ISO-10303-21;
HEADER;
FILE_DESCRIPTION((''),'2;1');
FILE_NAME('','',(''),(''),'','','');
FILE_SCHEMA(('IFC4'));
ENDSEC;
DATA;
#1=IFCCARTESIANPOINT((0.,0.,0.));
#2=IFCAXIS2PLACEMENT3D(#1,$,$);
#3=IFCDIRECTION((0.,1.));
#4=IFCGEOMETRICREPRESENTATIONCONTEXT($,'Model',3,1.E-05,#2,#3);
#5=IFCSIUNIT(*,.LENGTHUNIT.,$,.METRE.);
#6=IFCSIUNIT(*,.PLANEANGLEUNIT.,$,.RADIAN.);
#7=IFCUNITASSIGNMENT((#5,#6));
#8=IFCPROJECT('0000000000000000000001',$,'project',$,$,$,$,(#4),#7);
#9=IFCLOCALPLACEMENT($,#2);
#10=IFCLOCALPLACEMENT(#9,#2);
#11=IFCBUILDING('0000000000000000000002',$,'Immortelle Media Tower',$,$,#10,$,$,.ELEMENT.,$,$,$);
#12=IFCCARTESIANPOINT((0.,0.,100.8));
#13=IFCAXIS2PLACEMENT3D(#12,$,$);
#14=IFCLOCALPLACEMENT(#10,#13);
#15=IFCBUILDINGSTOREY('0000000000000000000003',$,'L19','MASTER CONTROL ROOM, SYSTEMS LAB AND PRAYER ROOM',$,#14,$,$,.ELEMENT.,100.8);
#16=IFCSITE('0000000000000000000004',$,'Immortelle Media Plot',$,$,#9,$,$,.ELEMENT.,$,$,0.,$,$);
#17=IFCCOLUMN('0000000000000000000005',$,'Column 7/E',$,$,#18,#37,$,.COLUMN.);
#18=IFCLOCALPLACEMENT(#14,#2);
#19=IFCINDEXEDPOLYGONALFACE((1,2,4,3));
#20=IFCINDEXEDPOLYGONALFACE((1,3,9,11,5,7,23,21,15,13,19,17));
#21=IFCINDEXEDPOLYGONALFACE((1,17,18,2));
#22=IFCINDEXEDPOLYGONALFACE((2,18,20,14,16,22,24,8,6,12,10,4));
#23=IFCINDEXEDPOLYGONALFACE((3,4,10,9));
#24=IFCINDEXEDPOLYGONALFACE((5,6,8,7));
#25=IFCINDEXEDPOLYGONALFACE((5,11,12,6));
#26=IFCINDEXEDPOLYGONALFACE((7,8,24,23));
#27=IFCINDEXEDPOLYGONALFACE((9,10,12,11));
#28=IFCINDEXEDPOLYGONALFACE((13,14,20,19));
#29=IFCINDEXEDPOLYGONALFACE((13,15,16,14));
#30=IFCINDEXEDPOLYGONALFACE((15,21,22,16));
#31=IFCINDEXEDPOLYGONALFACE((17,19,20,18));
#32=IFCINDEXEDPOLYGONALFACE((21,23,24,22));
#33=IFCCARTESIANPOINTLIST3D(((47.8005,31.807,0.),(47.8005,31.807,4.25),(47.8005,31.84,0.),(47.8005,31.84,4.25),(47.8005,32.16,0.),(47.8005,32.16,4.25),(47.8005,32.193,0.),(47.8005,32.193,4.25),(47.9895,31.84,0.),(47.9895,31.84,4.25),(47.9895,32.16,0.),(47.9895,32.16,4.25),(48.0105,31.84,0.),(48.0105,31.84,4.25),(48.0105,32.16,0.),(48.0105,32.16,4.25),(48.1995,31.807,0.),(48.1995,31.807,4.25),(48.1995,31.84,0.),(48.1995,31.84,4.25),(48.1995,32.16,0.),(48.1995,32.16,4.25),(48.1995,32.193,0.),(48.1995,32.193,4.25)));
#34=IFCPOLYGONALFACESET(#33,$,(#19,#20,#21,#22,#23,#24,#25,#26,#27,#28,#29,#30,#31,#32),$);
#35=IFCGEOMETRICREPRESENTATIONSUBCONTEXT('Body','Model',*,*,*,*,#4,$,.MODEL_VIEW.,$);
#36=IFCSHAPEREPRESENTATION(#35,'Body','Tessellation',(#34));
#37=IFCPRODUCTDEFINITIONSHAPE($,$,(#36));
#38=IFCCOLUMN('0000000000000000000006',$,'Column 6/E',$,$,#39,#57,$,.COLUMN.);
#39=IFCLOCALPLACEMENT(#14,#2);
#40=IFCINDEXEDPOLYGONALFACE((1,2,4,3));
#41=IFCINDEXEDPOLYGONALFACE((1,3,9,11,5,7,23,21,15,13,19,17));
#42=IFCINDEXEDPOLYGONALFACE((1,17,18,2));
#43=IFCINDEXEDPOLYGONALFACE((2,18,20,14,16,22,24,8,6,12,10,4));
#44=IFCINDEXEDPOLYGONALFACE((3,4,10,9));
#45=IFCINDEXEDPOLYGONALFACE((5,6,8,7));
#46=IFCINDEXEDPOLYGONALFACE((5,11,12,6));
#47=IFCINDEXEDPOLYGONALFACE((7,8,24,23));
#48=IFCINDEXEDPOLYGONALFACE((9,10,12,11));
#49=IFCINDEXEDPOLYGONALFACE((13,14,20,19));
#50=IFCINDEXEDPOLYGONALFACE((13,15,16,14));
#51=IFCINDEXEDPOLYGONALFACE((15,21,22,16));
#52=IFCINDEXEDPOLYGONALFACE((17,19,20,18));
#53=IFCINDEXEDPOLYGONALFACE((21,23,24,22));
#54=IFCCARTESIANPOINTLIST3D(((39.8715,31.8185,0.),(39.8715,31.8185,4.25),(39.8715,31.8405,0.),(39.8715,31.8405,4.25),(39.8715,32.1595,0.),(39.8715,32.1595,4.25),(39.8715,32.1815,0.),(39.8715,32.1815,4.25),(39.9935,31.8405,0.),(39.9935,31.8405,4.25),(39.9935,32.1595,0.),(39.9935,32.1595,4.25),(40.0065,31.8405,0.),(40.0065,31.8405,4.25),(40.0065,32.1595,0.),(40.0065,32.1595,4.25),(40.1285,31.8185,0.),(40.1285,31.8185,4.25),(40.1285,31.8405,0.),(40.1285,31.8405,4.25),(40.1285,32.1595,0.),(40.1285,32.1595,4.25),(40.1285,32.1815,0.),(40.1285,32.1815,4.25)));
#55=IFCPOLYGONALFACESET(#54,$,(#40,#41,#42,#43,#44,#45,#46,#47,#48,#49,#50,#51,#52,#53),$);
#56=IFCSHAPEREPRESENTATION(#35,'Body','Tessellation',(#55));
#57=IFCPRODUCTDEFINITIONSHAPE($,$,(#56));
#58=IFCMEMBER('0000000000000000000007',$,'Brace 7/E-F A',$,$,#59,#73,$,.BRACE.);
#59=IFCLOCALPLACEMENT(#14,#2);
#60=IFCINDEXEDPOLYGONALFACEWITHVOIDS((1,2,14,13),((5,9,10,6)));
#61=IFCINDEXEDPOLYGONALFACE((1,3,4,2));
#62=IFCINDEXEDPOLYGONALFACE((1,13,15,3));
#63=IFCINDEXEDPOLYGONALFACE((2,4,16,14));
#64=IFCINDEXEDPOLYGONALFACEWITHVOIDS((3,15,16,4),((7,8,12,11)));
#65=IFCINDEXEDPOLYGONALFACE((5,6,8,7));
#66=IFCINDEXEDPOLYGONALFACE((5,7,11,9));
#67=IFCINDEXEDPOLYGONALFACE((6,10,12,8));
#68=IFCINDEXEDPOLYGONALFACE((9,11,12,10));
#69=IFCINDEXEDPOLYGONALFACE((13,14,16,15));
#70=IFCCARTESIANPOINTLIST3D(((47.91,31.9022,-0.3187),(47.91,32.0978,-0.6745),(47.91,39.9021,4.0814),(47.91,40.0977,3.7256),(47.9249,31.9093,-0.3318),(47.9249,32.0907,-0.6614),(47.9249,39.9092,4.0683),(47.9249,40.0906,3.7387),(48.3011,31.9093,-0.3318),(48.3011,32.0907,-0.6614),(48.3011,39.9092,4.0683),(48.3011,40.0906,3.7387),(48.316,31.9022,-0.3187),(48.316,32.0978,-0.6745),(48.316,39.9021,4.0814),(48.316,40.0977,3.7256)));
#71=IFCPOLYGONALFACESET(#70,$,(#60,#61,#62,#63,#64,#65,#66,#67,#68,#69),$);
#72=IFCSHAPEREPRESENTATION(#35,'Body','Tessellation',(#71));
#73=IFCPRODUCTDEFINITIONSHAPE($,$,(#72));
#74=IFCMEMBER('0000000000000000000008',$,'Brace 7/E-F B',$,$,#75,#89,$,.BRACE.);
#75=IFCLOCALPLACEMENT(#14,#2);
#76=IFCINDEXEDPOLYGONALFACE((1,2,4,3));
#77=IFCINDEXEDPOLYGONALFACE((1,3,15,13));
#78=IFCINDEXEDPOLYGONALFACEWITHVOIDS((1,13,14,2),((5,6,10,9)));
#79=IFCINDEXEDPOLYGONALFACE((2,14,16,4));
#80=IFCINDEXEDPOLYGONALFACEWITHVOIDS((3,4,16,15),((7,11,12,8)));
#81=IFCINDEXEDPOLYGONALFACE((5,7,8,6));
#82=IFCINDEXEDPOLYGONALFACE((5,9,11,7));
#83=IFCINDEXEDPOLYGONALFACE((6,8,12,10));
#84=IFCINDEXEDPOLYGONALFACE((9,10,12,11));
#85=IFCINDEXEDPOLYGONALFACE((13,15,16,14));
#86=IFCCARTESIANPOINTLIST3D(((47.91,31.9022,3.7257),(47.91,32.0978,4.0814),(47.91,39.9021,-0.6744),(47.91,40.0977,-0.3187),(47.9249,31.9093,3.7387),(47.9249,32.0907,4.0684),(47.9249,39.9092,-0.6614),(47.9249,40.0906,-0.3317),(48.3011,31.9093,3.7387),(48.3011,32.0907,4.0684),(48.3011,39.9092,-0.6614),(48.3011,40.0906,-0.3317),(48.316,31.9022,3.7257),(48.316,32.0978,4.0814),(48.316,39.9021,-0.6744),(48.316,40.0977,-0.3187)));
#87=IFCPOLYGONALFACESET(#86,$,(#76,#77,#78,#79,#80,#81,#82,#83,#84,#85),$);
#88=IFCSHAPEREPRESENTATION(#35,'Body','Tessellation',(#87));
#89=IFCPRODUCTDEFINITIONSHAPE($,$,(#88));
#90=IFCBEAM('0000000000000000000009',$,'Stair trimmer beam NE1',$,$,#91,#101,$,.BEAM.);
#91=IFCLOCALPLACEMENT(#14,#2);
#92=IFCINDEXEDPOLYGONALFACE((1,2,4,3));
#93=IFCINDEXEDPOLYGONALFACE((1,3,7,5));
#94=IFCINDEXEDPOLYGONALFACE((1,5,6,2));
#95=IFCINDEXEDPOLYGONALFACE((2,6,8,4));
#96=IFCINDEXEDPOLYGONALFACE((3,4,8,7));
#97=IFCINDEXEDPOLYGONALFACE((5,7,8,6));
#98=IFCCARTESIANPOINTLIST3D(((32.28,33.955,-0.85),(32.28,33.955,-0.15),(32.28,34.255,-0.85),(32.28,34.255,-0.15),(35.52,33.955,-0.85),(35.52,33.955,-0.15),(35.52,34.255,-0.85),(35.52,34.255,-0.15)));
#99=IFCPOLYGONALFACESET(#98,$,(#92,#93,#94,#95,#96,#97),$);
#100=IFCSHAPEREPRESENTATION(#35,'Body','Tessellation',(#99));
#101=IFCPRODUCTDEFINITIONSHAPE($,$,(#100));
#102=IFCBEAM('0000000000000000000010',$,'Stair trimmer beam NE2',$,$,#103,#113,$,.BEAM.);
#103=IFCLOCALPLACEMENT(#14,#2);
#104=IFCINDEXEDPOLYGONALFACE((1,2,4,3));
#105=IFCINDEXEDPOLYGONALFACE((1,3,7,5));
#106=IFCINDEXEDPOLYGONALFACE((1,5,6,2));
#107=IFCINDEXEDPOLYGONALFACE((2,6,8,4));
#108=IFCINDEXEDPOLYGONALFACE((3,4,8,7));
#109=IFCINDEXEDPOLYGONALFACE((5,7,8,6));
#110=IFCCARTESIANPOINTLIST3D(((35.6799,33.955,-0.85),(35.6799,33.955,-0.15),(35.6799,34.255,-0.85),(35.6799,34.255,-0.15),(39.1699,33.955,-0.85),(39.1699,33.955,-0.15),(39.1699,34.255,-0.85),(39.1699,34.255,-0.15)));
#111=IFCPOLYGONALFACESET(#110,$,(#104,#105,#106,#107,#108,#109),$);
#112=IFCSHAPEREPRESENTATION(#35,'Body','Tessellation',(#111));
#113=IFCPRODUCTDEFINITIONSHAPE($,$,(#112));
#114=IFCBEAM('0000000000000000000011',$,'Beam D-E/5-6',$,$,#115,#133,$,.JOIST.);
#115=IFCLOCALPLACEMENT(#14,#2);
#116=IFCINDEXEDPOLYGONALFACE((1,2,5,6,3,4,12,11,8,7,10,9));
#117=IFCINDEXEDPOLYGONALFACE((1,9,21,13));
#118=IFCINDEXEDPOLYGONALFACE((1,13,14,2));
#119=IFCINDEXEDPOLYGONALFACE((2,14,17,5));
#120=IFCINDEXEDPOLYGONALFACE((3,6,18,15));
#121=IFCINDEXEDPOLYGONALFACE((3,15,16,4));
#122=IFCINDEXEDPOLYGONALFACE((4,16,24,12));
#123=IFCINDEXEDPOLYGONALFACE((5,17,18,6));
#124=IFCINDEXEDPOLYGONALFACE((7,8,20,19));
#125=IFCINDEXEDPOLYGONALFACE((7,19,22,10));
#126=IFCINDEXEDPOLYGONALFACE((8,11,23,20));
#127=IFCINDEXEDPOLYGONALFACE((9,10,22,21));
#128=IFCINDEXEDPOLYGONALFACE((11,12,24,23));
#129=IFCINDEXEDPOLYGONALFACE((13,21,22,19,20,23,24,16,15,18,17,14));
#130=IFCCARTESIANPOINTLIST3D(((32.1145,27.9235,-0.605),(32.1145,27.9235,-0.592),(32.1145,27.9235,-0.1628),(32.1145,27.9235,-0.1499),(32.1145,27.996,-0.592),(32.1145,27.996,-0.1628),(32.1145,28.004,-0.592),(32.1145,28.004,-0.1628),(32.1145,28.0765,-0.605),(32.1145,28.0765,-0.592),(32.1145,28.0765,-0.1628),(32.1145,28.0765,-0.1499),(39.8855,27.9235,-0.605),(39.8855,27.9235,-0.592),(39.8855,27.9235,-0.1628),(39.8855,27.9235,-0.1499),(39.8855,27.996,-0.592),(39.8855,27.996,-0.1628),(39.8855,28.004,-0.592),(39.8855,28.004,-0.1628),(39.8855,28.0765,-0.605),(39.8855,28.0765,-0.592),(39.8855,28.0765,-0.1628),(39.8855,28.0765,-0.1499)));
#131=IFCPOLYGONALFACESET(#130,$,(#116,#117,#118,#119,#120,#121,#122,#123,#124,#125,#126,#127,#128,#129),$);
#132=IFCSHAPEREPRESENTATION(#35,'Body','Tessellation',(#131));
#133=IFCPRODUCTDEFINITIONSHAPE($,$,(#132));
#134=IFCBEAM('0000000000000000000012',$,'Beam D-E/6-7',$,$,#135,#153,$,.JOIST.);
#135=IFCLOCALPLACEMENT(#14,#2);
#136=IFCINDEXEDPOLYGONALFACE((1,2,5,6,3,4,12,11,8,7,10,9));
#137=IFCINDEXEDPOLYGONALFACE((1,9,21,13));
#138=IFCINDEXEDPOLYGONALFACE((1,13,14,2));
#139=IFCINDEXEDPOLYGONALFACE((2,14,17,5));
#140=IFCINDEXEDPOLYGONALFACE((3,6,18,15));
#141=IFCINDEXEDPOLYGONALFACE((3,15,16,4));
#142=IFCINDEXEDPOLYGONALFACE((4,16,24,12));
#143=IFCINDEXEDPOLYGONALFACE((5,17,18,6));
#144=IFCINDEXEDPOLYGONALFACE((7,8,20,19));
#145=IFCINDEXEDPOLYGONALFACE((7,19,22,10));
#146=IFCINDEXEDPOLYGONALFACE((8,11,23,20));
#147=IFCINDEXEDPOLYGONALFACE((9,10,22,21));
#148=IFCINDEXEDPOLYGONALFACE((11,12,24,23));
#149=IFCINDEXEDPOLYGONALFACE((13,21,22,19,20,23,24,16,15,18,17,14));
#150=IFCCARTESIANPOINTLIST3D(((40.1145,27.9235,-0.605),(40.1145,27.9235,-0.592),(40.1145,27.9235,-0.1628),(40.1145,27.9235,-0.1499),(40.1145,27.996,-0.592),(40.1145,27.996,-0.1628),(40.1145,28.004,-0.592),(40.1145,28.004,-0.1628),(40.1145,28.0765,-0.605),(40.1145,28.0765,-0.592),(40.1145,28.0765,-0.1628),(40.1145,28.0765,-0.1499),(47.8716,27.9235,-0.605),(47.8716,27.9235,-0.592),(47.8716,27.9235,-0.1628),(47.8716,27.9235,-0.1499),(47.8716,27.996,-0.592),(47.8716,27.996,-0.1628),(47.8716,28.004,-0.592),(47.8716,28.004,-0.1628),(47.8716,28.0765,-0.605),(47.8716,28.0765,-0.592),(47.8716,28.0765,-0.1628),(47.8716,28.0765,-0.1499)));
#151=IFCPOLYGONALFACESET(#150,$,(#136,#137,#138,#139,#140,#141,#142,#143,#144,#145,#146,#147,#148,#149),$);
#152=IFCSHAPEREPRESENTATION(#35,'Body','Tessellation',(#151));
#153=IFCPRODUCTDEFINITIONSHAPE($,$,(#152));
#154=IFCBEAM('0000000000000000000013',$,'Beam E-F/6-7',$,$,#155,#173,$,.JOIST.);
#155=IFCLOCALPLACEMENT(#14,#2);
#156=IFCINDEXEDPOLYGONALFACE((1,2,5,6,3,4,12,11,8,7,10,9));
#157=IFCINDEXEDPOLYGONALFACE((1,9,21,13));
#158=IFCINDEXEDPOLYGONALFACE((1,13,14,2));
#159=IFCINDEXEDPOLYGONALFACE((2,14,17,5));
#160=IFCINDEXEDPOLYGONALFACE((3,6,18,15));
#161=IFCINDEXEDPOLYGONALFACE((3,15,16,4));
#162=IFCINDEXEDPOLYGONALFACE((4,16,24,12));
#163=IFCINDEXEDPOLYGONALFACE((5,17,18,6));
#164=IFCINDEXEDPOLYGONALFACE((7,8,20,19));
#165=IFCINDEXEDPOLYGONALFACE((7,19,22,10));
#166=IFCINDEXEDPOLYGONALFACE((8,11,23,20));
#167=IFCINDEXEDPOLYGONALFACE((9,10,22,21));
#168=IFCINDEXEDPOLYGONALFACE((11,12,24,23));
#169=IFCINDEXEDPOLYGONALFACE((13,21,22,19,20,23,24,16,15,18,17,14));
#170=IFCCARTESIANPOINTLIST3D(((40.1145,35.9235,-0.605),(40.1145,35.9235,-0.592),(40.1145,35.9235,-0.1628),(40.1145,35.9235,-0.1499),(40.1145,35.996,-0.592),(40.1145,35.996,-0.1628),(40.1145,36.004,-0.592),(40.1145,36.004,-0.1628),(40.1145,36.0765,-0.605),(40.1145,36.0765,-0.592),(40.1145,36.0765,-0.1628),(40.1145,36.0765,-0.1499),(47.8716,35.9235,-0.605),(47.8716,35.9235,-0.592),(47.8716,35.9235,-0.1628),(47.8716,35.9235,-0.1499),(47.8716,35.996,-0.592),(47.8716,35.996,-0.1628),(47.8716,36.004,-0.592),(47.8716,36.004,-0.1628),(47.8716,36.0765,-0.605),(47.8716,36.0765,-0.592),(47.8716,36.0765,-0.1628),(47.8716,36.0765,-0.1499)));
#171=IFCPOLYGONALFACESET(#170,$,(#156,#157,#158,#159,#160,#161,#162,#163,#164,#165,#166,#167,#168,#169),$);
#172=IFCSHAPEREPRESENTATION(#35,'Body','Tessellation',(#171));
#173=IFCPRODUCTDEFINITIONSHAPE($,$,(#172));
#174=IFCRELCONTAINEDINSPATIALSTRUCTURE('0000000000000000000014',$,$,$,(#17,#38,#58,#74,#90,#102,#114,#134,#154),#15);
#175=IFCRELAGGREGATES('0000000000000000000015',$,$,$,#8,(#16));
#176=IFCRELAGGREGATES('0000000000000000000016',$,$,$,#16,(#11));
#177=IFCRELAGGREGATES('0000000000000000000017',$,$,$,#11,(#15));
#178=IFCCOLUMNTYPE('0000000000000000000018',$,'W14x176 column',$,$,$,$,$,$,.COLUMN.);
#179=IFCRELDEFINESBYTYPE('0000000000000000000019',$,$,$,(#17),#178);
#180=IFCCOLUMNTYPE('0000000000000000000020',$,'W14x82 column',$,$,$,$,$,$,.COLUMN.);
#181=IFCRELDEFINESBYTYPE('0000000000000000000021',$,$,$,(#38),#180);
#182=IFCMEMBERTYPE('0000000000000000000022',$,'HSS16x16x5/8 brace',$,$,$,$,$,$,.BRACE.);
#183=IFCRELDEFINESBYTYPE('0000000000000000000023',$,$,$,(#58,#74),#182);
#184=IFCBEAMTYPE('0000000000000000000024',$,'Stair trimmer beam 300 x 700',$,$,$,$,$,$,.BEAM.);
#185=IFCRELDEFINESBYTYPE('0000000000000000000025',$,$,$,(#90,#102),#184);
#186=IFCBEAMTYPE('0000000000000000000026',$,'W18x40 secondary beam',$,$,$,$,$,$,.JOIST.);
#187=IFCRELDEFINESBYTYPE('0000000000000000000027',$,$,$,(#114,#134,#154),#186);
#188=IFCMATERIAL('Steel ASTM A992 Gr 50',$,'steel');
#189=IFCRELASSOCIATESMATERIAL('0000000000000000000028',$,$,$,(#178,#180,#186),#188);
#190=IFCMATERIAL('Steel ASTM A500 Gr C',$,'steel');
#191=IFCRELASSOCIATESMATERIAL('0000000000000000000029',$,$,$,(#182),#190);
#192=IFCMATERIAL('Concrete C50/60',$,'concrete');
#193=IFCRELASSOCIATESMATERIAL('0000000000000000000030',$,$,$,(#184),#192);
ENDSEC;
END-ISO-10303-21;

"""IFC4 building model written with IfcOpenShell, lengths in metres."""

from ifc_helpers import new_model, si_unit, direction, frame, origin, origin_2d, place, context, subcontext, project, spatial, rectangle, hollow_rectangle, i_section, extrude, material, material_profile, profile_set, type_object, element, save


model = new_model("IFC4")

# Units and contexts
model_context = context("Model", 3, precision=1e-05, world=origin(), true_north=direction((0.0, 1.0)))
body_context = subcontext(model_context, "Body", "Model", "MODEL_VIEW")
ifc_project = project(units=[si_unit("LENGTHUNIT", "METRE"), si_unit("PLANEANGLEUNIT", "RADIAN")], contexts=[model_context])

# Site, building, storey
site_placement = place(None, origin())
site = spatial("IfcSite", under=ifc_project, at=site_placement, Name="Immortelle Media Plot", CompositionType="ELEMENT", RefElevation=0.0)
building_placement = place(site_placement, origin())
building = spatial("IfcBuilding", under=site, at=building_placement, Name="Immortelle Media Tower", CompositionType="ELEMENT")
storey_placement = place(building_placement, frame((0.0, 0.0, 100.8)))
storey = spatial("IfcBuildingStorey", under=building, at=storey_placement, Name="L19", Description="MASTER CONTROL ROOM, SYSTEMS LAB AND PRAYER ROOM", CompositionType="ELEMENT", Elevation=100.8)

# Columns
ifc_material_1 = material(Name="Steel ASTM A992 Gr 50", Category="steel")
ifc_material_profile_1 = material_profile(ifc_material_1, i_section(OverallWidth=0.3989, OverallDepth=0.386, WebThickness=0.021, FlangeThickness=0.033, at=origin_2d()), Name="W14x176")
ifc_profile_set_1 = profile_set([ifc_material_profile_1], Name="Steel ASTM A992 Gr 50")
column_type_1 = type_object("IfcColumnType", Name="W14x176 column", PredefinedType="COLUMN", material=ifc_profile_set_1)
column_1_placement = place(storey_placement, frame((48.0, 32.0, 0.0), z_axis=(0.0, 0.0, 1.0), x_axis=(1.0, 0.0, 0.0)))
element("IfcColumn", 1, at=column_1_placement, inside=storey, type_object=column_type_1, Name="Column 7/E", PredefinedType="COLUMN", context=body_context, shape_type="SweptSolid", body=[
    extrude(i_section(OverallWidth=0.3989, OverallDepth=0.386, WebThickness=0.021, FlangeThickness=0.033, at=origin_2d()), origin(), (0.0, 0.0, 1.0), 4.25),
])
ifc_material_profile_2 = material_profile(ifc_material_1, i_section(OverallWidth=0.2571, OverallDepth=0.363, WebThickness=0.0129, FlangeThickness=0.022, at=origin_2d()), Name="W14x82")
ifc_profile_set_2 = profile_set([ifc_material_profile_2], Name="Steel ASTM A992 Gr 50")
column_type_2 = type_object("IfcColumnType", Name="W14x82 column", PredefinedType="COLUMN", material=ifc_profile_set_2)
column_2_placement = place(storey_placement, frame((40.0, 32.0, 0.0), z_axis=(0.0, 0.0, 1.0), x_axis=(1.0, 0.0, 0.0)))
element("IfcColumn", 2, at=column_2_placement, inside=storey, type_object=column_type_2, Name="Column 6/E", PredefinedType="COLUMN", context=body_context, shape_type="SweptSolid", body=[
    extrude(i_section(OverallWidth=0.2571, OverallDepth=0.363, WebThickness=0.0129, FlangeThickness=0.022, at=origin_2d()), origin(), (0.0, 0.0, 1.0), 4.25),
])

# Members
ifc_material_2 = material(Name="Steel ASTM A500 Gr C", Category="steel")
ifc_material_profile_3 = material_profile(ifc_material_2, hollow_rectangle(XDim=0.406, YDim=0.406, WallThickness=0.0149, at=origin_2d()), Name="HSS16x16x5/8 brace")
ifc_profile_set_3 = profile_set([ifc_material_profile_3], Name="Steel ASTM A500 Gr C")
member_type = type_object("IfcMemberType", Name="HSS16x16x5/8 brace", PredefinedType="BRACE", material=ifc_profile_set_3)
for number, where, z_axis, x_axis, name in (
    (3, (48.113, 32.0, -0.4966), (0.0, 0.876209, 0.481931), (-1.0, 0.0, 0.0), "Brace 7/E-F A"),
    (4, (48.113, 32.0, 3.9036), (0.0, 0.876209, -0.481931), (-1.0, 0.0, 0.0), "Brace 7/E-F B"),
):
    element("IfcMember", number, at=place(storey_placement, frame(where, z_axis=z_axis, x_axis=x_axis)), inside=storey, type_object=member_type, Name=name, PredefinedType="BRACE", context=body_context, shape_type="SweptSolid", body=[
        extrude(hollow_rectangle(XDim=0.406, YDim=0.406, WallThickness=0.0149, at=origin_2d()), origin(), (0.0, 0.0, 1.0), 9.1301),
    ])

# Beams
ifc_material_3 = material(Name="Concrete C50/60", Category="concrete")
ifc_material_profile_4 = material_profile(ifc_material_3, rectangle(XDim=0.3, YDim=0.7, at=origin_2d()), Name="RC 300x700")
ifc_profile_set_4 = profile_set([ifc_material_profile_4], Name="Concrete C50/60")
beam_type_1 = type_object("IfcBeamType", Name="Stair trimmer beam 300 x 700", PredefinedType="BEAM", material=ifc_profile_set_4)
beam_1_placement = place(storey_placement, frame((32.28, 34.105, -0.5), z_axis=(1.0, 0.0, 0.0), x_axis=(0.0, 1.0, 0.0)))
element("IfcBeam", 5, at=beam_1_placement, inside=storey, type_object=beam_type_1, Name="Stair trimmer beam NE1", PredefinedType="BEAM", context=body_context, shape_type="SweptSolid", body=[
    extrude(rectangle(XDim=0.3, YDim=0.7, at=origin_2d()), origin(), (0.0, 0.0, 1.0), 3.24),
])
beam_2_placement = place(storey_placement, frame((35.6799, 34.105, -0.5), z_axis=(1.0, 0.0, 0.0), x_axis=(0.0, 1.0, 0.0)))
element("IfcBeam", 6, at=beam_2_placement, inside=storey, type_object=beam_type_1, Name="Stair trimmer beam NE2", PredefinedType="BEAM", context=body_context, shape_type="SweptSolid", body=[
    extrude(rectangle(XDim=0.3, YDim=0.7, at=origin_2d()), origin(), (0.0, 0.0, 1.0), 3.49),
])
ifc_material_profile_5 = material_profile(ifc_material_1, i_section(OverallWidth=0.1531, OverallDepth=0.4551, WebThickness=0.0081, FlangeThickness=0.0129, at=origin_2d()), Name="W18x40")
ifc_profile_set_5 = profile_set([ifc_material_profile_5], Name="Steel ASTM A992 Gr 50")
beam_type_2 = type_object("IfcBeamType", Name="W18x40 secondary beam", PredefinedType="JOIST", material=ifc_profile_set_5)
beam_3_placement = place(storey_placement, frame((32.1145, 28.0, -0.3774), z_axis=(1.0, 0.0, 0.0), x_axis=(0.0, 1.0, 0.0)))
element("IfcBeam", 7, at=beam_3_placement, inside=storey, type_object=beam_type_2, Name="Beam D-E/5-6", PredefinedType="JOIST", context=body_context, shape_type="SweptSolid", body=[
    extrude(i_section(OverallWidth=0.1531, OverallDepth=0.4551, WebThickness=0.0081, FlangeThickness=0.0129, at=origin_2d()), origin(), (0.0, 0.0, 1.0), 7.771),
])
for number, where, z_axis, x_axis, name in (
    (8, (40.1145, 28.0, -0.3774), (1.0, 0.0, 0.0), (0.0, 1.0, 0.0), "Beam D-E/6-7"),
    (9, (40.1145, 36.0, -0.3774), (1.0, 0.0, 0.0), (0.0, 1.0, 0.0), "Beam E-F/6-7"),
):
    element("IfcBeam", number, at=place(storey_placement, frame(where, z_axis=z_axis, x_axis=x_axis)), inside=storey, type_object=beam_type_2, Name=name, PredefinedType="JOIST", context=body_context, shape_type="SweptSolid", body=[
        extrude(i_section(OverallWidth=0.1531, OverallDepth=0.4551, WebThickness=0.0081, FlangeThickness=0.0129, at=origin_2d()), origin(), (0.0, 0.0, 1.0), 7.7571),
    ])

save(model, "model.ifc")
